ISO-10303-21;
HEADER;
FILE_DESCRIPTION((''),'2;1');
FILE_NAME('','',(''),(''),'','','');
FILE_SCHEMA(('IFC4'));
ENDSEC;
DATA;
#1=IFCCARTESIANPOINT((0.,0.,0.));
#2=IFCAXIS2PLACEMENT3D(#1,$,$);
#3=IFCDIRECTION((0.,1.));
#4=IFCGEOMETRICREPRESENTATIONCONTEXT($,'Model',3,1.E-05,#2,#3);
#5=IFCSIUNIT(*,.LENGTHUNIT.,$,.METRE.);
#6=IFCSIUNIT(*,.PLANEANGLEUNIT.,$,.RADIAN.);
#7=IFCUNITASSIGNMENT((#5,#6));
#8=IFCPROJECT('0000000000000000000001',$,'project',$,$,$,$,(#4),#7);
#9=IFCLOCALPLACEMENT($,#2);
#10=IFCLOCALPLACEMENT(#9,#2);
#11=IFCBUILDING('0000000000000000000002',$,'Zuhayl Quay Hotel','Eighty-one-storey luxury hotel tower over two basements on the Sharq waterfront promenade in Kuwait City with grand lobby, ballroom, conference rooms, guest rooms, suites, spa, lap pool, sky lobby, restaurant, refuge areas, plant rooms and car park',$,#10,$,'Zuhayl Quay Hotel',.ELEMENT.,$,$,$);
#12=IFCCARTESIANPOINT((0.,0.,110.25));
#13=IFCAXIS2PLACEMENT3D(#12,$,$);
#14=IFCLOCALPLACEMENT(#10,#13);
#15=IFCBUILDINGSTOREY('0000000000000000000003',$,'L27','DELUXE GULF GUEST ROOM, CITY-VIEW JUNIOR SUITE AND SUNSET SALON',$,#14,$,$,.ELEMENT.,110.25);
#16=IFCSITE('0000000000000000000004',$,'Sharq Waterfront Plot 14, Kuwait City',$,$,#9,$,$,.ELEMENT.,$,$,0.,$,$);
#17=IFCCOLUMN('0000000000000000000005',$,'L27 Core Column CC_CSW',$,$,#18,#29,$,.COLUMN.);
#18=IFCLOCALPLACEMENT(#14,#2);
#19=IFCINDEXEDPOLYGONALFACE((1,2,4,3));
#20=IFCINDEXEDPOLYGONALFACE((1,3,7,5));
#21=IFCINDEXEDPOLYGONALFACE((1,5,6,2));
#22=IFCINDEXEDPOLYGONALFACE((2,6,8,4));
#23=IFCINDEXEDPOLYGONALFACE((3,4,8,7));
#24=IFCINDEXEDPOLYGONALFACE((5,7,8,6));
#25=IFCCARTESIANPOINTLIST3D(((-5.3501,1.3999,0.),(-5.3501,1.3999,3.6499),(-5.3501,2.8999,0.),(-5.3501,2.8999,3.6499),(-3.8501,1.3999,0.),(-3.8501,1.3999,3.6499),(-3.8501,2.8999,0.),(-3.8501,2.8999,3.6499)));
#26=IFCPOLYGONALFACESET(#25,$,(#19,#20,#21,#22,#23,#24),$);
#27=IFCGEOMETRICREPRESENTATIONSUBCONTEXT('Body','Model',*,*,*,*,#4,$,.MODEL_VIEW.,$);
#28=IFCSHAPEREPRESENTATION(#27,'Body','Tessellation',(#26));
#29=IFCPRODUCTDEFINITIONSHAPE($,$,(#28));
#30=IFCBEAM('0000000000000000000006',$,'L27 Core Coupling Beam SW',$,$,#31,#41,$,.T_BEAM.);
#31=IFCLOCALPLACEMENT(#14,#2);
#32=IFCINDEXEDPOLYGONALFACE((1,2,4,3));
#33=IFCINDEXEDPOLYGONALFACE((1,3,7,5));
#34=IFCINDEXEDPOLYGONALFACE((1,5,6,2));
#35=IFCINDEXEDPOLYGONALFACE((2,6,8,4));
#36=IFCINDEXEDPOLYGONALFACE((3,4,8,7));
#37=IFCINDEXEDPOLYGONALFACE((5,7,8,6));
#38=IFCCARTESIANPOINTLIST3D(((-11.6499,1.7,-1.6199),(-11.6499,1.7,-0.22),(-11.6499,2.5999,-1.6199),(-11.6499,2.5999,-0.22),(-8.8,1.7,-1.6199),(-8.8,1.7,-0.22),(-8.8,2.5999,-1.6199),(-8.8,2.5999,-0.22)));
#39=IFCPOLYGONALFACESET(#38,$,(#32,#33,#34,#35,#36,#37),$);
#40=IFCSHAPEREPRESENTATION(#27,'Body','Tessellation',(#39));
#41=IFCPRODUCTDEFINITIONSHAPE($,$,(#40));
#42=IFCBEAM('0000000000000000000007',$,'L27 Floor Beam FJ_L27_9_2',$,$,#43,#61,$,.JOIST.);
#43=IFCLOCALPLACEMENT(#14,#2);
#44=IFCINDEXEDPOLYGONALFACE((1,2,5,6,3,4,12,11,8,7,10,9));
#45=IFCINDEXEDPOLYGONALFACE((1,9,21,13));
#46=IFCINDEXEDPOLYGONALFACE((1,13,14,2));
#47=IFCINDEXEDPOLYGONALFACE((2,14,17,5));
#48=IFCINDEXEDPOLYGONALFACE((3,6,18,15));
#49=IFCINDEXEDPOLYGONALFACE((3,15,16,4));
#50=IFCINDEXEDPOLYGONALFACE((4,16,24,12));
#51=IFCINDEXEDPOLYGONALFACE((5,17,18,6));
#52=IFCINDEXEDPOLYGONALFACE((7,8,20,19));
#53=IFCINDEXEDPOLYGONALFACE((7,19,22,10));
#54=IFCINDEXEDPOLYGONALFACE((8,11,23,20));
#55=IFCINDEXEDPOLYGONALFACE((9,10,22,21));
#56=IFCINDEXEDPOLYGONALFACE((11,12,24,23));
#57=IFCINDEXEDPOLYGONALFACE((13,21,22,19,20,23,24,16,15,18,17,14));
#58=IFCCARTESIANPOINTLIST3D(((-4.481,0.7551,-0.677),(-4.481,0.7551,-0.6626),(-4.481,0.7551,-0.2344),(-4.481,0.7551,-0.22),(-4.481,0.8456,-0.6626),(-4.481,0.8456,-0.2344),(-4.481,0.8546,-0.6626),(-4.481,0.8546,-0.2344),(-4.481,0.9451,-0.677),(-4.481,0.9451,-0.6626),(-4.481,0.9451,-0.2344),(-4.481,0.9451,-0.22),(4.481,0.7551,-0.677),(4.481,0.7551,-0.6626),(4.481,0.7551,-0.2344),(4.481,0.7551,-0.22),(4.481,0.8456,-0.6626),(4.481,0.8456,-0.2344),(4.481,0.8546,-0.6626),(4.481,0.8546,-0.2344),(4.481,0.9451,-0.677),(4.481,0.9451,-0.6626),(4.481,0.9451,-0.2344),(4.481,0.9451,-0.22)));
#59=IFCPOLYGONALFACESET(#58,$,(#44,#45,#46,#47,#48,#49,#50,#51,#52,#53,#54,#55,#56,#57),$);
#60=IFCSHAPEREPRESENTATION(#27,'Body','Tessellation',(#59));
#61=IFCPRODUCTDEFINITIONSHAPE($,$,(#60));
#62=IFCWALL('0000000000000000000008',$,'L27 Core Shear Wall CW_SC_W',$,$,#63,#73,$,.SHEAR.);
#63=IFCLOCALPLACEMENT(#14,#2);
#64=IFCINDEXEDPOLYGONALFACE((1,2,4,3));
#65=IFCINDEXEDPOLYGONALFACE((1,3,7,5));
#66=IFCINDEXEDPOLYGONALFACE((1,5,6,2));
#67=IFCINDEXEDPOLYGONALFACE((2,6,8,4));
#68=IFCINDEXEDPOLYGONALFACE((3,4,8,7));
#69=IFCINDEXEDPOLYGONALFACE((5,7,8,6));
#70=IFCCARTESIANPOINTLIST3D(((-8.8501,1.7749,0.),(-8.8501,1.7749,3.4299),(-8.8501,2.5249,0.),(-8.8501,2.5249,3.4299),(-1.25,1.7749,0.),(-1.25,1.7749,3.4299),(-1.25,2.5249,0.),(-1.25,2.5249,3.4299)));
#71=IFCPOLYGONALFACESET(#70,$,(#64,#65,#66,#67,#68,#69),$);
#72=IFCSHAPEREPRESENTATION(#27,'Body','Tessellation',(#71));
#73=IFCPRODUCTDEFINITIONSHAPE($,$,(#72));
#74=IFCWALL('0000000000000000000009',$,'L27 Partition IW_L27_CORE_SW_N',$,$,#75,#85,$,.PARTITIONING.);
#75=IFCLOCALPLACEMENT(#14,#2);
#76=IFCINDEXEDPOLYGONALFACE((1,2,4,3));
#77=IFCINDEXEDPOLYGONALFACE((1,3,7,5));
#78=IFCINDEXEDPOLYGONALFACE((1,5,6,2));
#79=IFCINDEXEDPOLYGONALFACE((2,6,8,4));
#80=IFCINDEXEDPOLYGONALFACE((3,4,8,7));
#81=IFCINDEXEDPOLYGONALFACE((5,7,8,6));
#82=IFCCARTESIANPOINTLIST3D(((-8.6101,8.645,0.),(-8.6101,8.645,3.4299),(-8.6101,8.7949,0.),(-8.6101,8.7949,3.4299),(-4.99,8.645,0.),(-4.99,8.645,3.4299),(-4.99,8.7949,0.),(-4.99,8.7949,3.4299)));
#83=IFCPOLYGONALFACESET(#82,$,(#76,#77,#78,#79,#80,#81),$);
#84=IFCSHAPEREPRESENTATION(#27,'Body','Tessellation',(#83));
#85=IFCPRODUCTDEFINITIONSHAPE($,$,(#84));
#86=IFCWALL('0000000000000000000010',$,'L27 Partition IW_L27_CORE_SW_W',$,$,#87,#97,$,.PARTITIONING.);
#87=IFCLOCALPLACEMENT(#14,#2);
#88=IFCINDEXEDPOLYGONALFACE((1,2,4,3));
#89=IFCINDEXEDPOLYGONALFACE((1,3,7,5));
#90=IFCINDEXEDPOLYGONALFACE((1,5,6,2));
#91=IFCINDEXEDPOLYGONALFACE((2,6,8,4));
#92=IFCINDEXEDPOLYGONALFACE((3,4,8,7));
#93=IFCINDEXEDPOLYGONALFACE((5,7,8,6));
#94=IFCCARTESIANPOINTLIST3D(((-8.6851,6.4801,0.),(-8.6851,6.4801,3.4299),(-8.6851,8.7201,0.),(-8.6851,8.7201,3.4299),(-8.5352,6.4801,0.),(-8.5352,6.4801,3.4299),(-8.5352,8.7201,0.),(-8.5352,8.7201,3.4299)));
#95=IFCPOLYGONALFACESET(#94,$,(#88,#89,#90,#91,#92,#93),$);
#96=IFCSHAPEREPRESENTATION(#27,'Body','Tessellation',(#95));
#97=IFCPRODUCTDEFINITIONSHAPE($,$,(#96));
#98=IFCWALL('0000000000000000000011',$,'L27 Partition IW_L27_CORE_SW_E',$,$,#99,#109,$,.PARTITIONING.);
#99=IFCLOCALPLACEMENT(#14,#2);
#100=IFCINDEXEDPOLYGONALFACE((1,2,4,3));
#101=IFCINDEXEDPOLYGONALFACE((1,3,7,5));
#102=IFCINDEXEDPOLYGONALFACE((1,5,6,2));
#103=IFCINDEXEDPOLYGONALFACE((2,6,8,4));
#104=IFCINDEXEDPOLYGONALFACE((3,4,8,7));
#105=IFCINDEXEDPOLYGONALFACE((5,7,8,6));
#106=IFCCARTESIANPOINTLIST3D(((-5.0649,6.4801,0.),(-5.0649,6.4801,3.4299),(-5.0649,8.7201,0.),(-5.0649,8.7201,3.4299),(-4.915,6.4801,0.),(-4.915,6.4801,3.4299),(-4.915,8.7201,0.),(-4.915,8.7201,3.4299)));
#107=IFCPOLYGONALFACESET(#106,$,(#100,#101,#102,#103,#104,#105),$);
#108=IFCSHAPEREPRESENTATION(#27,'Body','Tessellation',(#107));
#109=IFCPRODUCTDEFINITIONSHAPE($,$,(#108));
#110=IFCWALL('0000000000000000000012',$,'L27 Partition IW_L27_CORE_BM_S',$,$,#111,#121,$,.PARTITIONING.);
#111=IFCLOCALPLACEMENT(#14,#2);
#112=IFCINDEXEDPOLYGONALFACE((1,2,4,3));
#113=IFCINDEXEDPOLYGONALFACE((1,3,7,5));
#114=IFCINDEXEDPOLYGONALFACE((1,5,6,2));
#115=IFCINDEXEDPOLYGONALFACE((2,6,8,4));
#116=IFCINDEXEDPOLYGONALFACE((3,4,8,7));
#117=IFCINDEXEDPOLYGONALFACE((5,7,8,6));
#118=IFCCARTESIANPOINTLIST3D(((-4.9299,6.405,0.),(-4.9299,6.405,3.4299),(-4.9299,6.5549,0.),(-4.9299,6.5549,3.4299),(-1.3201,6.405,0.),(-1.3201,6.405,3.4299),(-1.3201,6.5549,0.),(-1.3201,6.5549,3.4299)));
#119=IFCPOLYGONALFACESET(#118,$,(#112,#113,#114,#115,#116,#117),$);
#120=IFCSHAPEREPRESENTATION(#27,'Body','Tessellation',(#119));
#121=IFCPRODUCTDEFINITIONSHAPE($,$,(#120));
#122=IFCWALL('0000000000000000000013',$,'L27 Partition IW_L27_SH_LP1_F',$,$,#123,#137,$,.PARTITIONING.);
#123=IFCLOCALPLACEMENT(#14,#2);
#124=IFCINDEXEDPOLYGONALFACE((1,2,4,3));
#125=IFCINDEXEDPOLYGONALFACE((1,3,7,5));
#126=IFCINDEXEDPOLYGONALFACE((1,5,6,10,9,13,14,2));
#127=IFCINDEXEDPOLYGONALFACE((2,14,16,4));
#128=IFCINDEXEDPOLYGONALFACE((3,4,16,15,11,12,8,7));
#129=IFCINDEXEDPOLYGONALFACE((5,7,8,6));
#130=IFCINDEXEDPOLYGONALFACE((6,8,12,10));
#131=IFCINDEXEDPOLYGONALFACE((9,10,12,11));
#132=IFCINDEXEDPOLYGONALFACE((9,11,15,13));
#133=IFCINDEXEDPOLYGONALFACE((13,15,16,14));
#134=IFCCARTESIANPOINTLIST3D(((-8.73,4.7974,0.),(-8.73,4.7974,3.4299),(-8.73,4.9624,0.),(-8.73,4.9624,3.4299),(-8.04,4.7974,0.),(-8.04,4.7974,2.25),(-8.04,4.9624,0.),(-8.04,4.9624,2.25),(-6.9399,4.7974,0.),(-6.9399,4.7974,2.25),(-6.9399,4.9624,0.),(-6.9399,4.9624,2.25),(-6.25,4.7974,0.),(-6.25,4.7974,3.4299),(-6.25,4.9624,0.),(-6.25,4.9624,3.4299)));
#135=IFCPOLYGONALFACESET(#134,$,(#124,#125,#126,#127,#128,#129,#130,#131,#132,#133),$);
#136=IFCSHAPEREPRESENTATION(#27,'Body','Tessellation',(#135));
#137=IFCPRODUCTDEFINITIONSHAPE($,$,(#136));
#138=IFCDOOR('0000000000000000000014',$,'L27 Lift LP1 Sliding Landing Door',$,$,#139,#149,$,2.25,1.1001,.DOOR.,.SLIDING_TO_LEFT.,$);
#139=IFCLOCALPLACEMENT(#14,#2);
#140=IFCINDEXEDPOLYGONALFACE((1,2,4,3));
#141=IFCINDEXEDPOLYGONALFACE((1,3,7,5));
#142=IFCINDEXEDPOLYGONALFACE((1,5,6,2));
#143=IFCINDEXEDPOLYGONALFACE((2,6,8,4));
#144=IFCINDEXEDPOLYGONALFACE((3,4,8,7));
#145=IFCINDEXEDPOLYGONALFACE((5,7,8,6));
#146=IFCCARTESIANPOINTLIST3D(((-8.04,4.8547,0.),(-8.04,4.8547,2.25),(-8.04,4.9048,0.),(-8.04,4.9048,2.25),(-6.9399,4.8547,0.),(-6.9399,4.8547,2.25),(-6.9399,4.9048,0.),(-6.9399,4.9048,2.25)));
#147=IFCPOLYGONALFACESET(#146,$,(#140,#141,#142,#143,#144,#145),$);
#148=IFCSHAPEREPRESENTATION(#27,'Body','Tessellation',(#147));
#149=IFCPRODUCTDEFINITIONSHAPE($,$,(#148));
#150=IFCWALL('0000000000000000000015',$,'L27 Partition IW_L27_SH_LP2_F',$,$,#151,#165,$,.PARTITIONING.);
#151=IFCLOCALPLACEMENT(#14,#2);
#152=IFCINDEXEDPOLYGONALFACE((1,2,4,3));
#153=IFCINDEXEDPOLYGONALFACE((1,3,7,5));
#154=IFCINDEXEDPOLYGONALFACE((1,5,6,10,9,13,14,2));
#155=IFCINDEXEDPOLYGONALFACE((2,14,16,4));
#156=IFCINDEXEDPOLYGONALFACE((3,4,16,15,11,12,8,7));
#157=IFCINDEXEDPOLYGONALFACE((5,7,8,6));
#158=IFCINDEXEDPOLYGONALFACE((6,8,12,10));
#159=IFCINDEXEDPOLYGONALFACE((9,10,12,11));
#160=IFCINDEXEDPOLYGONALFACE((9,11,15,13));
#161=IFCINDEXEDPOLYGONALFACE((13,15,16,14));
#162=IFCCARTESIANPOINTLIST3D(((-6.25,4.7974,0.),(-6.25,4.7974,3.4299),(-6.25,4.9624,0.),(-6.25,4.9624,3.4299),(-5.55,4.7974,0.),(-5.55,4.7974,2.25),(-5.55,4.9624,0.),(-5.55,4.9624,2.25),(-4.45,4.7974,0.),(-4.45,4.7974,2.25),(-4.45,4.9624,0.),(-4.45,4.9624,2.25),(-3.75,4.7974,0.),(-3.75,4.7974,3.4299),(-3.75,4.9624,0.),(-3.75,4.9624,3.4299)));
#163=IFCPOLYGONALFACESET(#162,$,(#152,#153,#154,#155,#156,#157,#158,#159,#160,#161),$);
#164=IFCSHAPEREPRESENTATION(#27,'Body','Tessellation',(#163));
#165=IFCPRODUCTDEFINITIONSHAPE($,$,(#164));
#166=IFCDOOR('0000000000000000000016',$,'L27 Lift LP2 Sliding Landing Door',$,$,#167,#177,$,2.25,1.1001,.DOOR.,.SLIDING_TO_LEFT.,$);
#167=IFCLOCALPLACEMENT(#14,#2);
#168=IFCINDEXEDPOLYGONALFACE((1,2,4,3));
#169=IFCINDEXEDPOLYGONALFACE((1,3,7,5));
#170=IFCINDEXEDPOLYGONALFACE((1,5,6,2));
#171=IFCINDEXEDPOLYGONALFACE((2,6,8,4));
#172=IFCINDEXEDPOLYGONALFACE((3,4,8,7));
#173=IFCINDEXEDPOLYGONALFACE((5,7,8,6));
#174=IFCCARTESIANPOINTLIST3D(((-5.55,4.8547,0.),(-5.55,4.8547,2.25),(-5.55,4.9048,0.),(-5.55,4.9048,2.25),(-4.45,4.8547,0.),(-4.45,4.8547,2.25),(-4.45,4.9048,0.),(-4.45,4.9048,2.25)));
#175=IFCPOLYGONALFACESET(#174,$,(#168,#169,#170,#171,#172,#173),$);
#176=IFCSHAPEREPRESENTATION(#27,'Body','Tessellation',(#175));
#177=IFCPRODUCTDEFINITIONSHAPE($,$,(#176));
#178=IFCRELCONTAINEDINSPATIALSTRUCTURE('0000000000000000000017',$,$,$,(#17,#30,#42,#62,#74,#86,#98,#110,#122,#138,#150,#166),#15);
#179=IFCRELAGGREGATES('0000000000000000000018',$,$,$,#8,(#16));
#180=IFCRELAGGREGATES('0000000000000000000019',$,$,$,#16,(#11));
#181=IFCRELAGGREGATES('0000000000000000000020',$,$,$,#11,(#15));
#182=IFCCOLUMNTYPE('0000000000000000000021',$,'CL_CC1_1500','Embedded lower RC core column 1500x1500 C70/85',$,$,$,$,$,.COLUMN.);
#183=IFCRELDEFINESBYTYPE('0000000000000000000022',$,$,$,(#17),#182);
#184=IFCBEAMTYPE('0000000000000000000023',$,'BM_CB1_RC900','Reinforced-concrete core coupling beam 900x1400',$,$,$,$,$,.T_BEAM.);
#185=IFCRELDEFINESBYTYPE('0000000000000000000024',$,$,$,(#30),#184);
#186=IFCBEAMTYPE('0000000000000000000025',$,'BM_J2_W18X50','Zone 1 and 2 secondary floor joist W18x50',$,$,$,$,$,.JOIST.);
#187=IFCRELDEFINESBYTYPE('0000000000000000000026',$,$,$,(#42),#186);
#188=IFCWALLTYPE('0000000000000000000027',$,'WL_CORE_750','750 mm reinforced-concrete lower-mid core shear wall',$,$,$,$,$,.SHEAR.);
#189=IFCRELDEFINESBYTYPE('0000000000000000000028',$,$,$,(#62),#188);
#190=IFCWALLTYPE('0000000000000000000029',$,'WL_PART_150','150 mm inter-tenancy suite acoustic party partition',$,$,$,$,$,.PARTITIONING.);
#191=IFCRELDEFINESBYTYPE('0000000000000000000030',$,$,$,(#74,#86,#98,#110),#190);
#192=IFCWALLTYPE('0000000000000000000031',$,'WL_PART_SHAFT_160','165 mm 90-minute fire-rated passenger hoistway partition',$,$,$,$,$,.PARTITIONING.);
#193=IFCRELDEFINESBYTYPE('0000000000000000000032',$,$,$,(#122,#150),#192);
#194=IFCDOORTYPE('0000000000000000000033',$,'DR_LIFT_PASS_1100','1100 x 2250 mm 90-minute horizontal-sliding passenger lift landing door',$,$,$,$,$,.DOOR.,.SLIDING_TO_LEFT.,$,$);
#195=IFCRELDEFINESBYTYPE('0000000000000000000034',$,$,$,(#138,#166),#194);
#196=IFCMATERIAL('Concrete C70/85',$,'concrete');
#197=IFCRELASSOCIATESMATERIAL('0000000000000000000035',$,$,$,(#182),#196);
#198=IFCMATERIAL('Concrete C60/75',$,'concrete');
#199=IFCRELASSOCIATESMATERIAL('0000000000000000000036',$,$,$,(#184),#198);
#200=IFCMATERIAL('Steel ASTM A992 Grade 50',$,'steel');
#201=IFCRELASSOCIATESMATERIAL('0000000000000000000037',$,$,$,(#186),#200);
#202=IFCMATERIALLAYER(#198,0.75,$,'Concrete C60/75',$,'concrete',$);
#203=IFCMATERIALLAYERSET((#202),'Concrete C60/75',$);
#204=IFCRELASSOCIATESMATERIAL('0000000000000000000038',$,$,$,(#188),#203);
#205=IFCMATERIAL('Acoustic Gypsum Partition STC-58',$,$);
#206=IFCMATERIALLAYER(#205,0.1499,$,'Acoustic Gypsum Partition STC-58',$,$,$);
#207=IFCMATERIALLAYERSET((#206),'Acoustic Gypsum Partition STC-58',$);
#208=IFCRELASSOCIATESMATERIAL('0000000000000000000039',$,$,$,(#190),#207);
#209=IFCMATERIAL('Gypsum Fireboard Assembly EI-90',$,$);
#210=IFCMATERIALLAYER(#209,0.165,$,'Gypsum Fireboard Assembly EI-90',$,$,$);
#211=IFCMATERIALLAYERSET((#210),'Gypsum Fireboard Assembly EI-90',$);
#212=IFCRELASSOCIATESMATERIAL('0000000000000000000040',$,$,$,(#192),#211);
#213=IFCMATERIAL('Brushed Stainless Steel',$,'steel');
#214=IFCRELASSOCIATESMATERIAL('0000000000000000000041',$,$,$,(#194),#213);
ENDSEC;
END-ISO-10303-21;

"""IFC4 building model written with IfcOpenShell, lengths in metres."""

from ifc_helpers import new_model, si_unit, direction, frame, frame_2d, origin, origin_2d, place, context, subcontext, project, spatial, rectangle, i_section, extrude, material, layer, layer_set, material_profile, profile_set, type_object, element, fill, save


model = new_model("IFC4")

# Units and contexts
model_context = context("Model", 3, precision=1e-05, world=origin(), true_north=direction((0.0, 1.0)))
body_context = subcontext(model_context, "Body", "Model", "MODEL_VIEW")
ifc_project = project(units=[si_unit("LENGTHUNIT", "METRE"), si_unit("PLANEANGLEUNIT", "RADIAN")], contexts=[model_context])

# Site, building, storey
site_placement = place(None, origin())
site = spatial("IfcSite", under=ifc_project, at=site_placement, Name="Sharq Waterfront Plot 14, Kuwait City", CompositionType="ELEMENT", RefElevation=0.0)
building_placement = place(site_placement, origin())
building = spatial("IfcBuilding", under=site, at=building_placement, Name="Zuhayl Quay Hotel", Description="Eighty-one-storey luxury hotel tower over two basements on the Sharq waterfront promenade in Kuwait City with grand lobby, ballroom, conference rooms, guest rooms, suites, spa, lap pool, sky lobby, restaurant, refuge areas, plant rooms and car park", LongName="Zuhayl Quay Hotel", CompositionType="ELEMENT")
storey_placement = place(building_placement, frame((0.0, 0.0, 110.25)))
storey = spatial("IfcBuildingStorey", under=building, at=storey_placement, Name="L27", Description="DELUXE GULF GUEST ROOM, CITY-VIEW JUNIOR SUITE AND SUNSET SALON", CompositionType="ELEMENT", Elevation=110.25)

# Column
ifc_material_1 = material(Name="Concrete C70/85", Category="concrete")
ifc_material_profile_1 = material_profile(ifc_material_1, rectangle(XDim=1.5, YDim=1.5, at=origin_2d()), Name="RC1500X1500")
ifc_profile_set_1 = profile_set([ifc_material_profile_1], Name="Concrete C70/85")
column_type = type_object("IfcColumnType", Name="CL_CC1_1500", Description="Embedded lower RC core column 1500x1500 C70/85", PredefinedType="COLUMN", material=ifc_profile_set_1)
column_placement = place(storey_placement, frame((-4.6001, 2.1499, 0.0), z_axis=(0.0, 0.0, 1.0), x_axis=(1.0, 0.0, 0.0)))
element("IfcColumn", 1, at=column_placement, inside=storey, type_object=column_type, Name="L27 Core Column CC_CSW", PredefinedType="COLUMN", context=body_context, shape_type="SweptSolid", body=[
    extrude(rectangle(XDim=1.5, YDim=1.5, at=origin_2d()), origin(), (0.0, 0.0, 1.0), 3.6499),
])

# Beams
ifc_material_2 = material(Name="Concrete C60/75", Category="concrete")
ifc_material_profile_2 = material_profile(ifc_material_2, rectangle(XDim=0.8999, YDim=1.3999, at=origin_2d()), Name="RC900X1400")
ifc_profile_set_2 = profile_set([ifc_material_profile_2], Name="Concrete C60/75")
beam_type_1 = type_object("IfcBeamType", Name="BM_CB1_RC900", Description="Reinforced-concrete core coupling beam 900x1400", PredefinedType="T_BEAM", material=ifc_profile_set_2)
beam_1_placement = place(storey_placement, frame((-11.6499, 2.1499, -0.9199), z_axis=(1.0, 0.0, 0.0), x_axis=(0.0, 1.0, 0.0)))
element("IfcBeam", 2, at=beam_1_placement, inside=storey, type_object=beam_type_1, Name="L27 Core Coupling Beam SW", PredefinedType="T_BEAM", context=body_context, shape_type="SweptSolid", body=[
    extrude(rectangle(XDim=0.8999, YDim=1.3999, at=origin_2d()), origin(), (0.0, 0.0, 1.0), 2.8499),
])
ifc_material_3 = material(Name="Steel ASTM A992 Grade 50", Category="steel")
ifc_material_profile_3 = material_profile(ifc_material_3, i_section(OverallWidth=0.1899, OverallDepth=0.457, WebThickness=0.009, FlangeThickness=0.0144, at=origin_2d()), Name="W18X50")
ifc_profile_set_3 = profile_set([ifc_material_profile_3], Name="Steel ASTM A992 Grade 50")
beam_type_2 = type_object("IfcBeamType", Name="BM_J2_W18X50", Description="Zone 1 and 2 secondary floor joist W18x50", PredefinedType="JOIST", material=ifc_profile_set_3)
beam_2_placement = place(storey_placement, frame((-4.481, 0.8501, -0.4485), z_axis=(1.0, 0.0, 0.0), x_axis=(0.0, 1.0, 0.0)))
element("IfcBeam", 3, at=beam_2_placement, inside=storey, type_object=beam_type_2, Name="L27 Floor Beam FJ_L27_9_2", PredefinedType="JOIST", context=body_context, shape_type="SweptSolid", body=[
    extrude(i_section(OverallWidth=0.1899, OverallDepth=0.457, WebThickness=0.009, FlangeThickness=0.0144, at=origin_2d()), origin(), (0.0, 0.0, 1.0), 8.9619),
])

# Wall
ifc_layer_1 = layer(ifc_material_2, 0.75, Name="Concrete C60/75", Category="concrete")
ifc_layer_set_1 = layer_set([ifc_layer_1], Name="Concrete C60/75")
wall_type_1 = type_object("IfcWallType", Name="WL_CORE_750", Description="750 mm reinforced-concrete lower-mid core shear wall", PredefinedType="SHEAR", material=ifc_layer_set_1)
wall_1_placement = place(storey_placement, frame((-8.8501, 2.1499, 0.0), z_axis=(0.0, 0.0, 1.0), x_axis=(1.0, 0.0, 0.0)))
element("IfcWall", 4, at=wall_1_placement, inside=storey, type_object=wall_type_1, Name="L27 Core Shear Wall CW_SC_W", PredefinedType="SHEAR", context=body_context, shape_type="SweptSolid", body=[
    extrude(rectangle(XDim=7.6001, YDim=0.75, at=frame_2d((3.8, 0.0))), origin(), (0.0, 0.0, 1.0), 3.4299),
])

# Shared definitions
ifc_material_4 = material(Name="Acoustic Gypsum Partition STC-58")
ifc_layer_2 = layer(ifc_material_4, 0.1499, Name="Acoustic Gypsum Partition STC-58")
ifc_layer_set_2 = layer_set([ifc_layer_2], Name="Acoustic Gypsum Partition STC-58")
wall_type_2 = type_object("IfcWallType", Name="WL_PART_150", Description="150 mm inter-tenancy suite acoustic party partition", PredefinedType="PARTITIONING", material=ifc_layer_set_2)

# Walls
wall_2_placement = place(storey_placement, frame((-8.6101, 8.72, 0.0), z_axis=(0.0, 0.0, 1.0), x_axis=(1.0, 0.0, 0.0)))
element("IfcWall", 5, at=wall_2_placement, inside=storey, type_object=wall_type_2, Name="L27 Partition IW_L27_CORE_SW_N", PredefinedType="PARTITIONING", context=body_context, shape_type="SweptSolid", body=[
    extrude(rectangle(XDim=3.6201, YDim=0.1499, at=frame_2d((1.8101, 0.0))), origin(), (0.0, 0.0, 1.0), 3.4299),
])
for number, where, z_axis, x_axis, name in (
    (6, (-8.6101, 6.48, 0.0), (0.0, 0.0, 1.0), (0.0, 1.0, 0.0), "L27 Partition IW_L27_CORE_SW_W"),
    (7, (-4.99, 6.48, 0.0), (0.0, 0.0, 1.0), (0.0, 1.0, 0.0), "L27 Partition IW_L27_CORE_SW_E"),
):
    element("IfcWall", number, at=place(storey_placement, frame(where, z_axis=z_axis, x_axis=x_axis)), inside=storey, type_object=wall_type_2, Name=name, PredefinedType="PARTITIONING", context=body_context, shape_type="SweptSolid", body=[
        extrude(rectangle(XDim=2.24, YDim=0.1499, at=frame_2d((1.1201, 0.0))), origin(), (0.0, 0.0, 1.0), 3.4299),
    ])
wall_3_placement = place(storey_placement, frame((-4.9299, 6.48, 0.0), z_axis=(0.0, 0.0, 1.0), x_axis=(1.0, 0.0, 0.0)))
element("IfcWall", 8, at=wall_3_placement, inside=storey, type_object=wall_type_2, Name="L27 Partition IW_L27_CORE_BM_S", PredefinedType="PARTITIONING", context=body_context, shape_type="SweptSolid", body=[
    extrude(rectangle(XDim=3.6099, YDim=0.1499, at=frame_2d((1.8049, 0.0))), origin(), (0.0, 0.0, 1.0), 3.4299),
])

# Walls, openings, doors
ifc_material_5 = material(Name="Gypsum Fireboard Assembly EI-90")
ifc_layer_3 = layer(ifc_material_5, 0.165, Name="Gypsum Fireboard Assembly EI-90")
ifc_layer_set_3 = layer_set([ifc_layer_3], Name="Gypsum Fireboard Assembly EI-90")
wall_type_3 = type_object("IfcWallType", Name="WL_PART_SHAFT_160", Description="165 mm 90-minute fire-rated passenger hoistway partition", PredefinedType="PARTITIONING", material=ifc_layer_set_3)
wall_4_placement = place(storey_placement, frame((-8.73, 4.8799, 0.0), z_axis=(0.0, 0.0, 1.0), x_axis=(1.0, 0.0, 0.0)))
wall_4 = element("IfcWall", 9, at=wall_4_placement, inside=storey, type_object=wall_type_3, Name="L27 Partition IW_L27_SH_LP1_F", PredefinedType="PARTITIONING", context=body_context, shape_type="SweptSolid", body=[
    extrude(rectangle(XDim=2.48, YDim=0.165, at=frame_2d((1.24, 0.0))), origin(), (0.0, 0.0, 1.0), 3.4299),
])
opening_1_placement = place(wall_4_placement, frame((0.6899, 0.0, 0.0)))
opening_1 = element("IfcOpeningElement", 10, at=opening_1_placement, cuts=wall_4, PredefinedType="OPENING", context=body_context, shape_type="SweptSolid", body=[
    extrude(rectangle(XDim=1.1001, YDim=2.25, at=frame_2d((0.55, 1.125))), frame((0.0, 0.0925, 0.0), z_axis=(0.0, -1.0, 0.0), x_axis=(1.0, 0.0, 0.0)), (0.0, 0.0, 1.0), 0.1851),
])
ifc_material_6 = material(Name="Brushed Stainless Steel", Category="steel")
door_type_1 = type_object("IfcDoorType", Name="DR_LIFT_PASS_1100", Description="1100 x 2250 mm 90-minute horizontal-sliding passenger lift landing door", OperationType="SLIDING_TO_LEFT", PredefinedType="DOOR", material=ifc_material_6)
door_1_placement = place(opening_1_placement, origin())
door_1 = element("IfcDoor", 11, at=door_1_placement, inside=storey, type_object=door_type_1, Name="L27 Lift LP1 Sliding Landing Door", OperationType="SLIDING_TO_LEFT", OverallHeight=2.25, OverallWidth=1.1001, PredefinedType="DOOR", context=body_context, shape_type="SweptSolid", body=[
    extrude(rectangle(XDim=1.1001, YDim=2.25, at=frame_2d((0.55, 1.125))), frame((0.0, 0.0249, 0.0), z_axis=(0.0, -1.0, 0.0), x_axis=(1.0, 0.0, 0.0)), (0.0, 0.0, 1.0), 0.05),
])
fill(opening_1, door_1)
wall_5_placement = place(storey_placement, frame((-6.25, 4.8799, 0.0), z_axis=(0.0, 0.0, 1.0), x_axis=(1.0, 0.0, 0.0)))
wall_5 = element("IfcWall", 12, at=wall_5_placement, inside=storey, type_object=wall_type_3, Name="L27 Partition IW_L27_SH_LP2_F", PredefinedType="PARTITIONING", context=body_context, shape_type="SweptSolid", body=[
    extrude(rectangle(XDim=2.5, YDim=0.165, at=frame_2d((1.25, 0.0))), origin(), (0.0, 0.0, 1.0), 3.4299),
])
opening_2_placement = place(wall_5_placement, frame((0.7, 0.0, 0.0)))
opening_2 = element("IfcOpeningElement", 13, at=opening_2_placement, cuts=wall_5, PredefinedType="OPENING", context=body_context, shape_type="SweptSolid", body=[
    extrude(rectangle(XDim=1.1001, YDim=2.25, at=frame_2d((0.55, 1.125))), frame((0.0, 0.0925, 0.0), z_axis=(0.0, -1.0, 0.0), x_axis=(1.0, 0.0, 0.0)), (0.0, 0.0, 1.0), 0.1851),
])
door_2_placement = place(opening_2_placement, origin())
door_2 = element("IfcDoor", 14, at=door_2_placement, inside=storey, type_object=door_type_1, Name="L27 Lift LP2 Sliding Landing Door", OperationType="SLIDING_TO_LEFT", OverallHeight=2.25, OverallWidth=1.1001, PredefinedType="DOOR", context=body_context, shape_type="SweptSolid", body=[
    extrude(rectangle(XDim=1.1001, YDim=2.25, at=frame_2d((0.55, 1.125))), frame((0.0, 0.0249, 0.0), z_axis=(0.0, -1.0, 0.0), x_axis=(1.0, 0.0, 0.0)), (0.0, 0.0, 1.0), 0.05),
])
fill(opening_2, door_2)

save(model, "model.ifc")
